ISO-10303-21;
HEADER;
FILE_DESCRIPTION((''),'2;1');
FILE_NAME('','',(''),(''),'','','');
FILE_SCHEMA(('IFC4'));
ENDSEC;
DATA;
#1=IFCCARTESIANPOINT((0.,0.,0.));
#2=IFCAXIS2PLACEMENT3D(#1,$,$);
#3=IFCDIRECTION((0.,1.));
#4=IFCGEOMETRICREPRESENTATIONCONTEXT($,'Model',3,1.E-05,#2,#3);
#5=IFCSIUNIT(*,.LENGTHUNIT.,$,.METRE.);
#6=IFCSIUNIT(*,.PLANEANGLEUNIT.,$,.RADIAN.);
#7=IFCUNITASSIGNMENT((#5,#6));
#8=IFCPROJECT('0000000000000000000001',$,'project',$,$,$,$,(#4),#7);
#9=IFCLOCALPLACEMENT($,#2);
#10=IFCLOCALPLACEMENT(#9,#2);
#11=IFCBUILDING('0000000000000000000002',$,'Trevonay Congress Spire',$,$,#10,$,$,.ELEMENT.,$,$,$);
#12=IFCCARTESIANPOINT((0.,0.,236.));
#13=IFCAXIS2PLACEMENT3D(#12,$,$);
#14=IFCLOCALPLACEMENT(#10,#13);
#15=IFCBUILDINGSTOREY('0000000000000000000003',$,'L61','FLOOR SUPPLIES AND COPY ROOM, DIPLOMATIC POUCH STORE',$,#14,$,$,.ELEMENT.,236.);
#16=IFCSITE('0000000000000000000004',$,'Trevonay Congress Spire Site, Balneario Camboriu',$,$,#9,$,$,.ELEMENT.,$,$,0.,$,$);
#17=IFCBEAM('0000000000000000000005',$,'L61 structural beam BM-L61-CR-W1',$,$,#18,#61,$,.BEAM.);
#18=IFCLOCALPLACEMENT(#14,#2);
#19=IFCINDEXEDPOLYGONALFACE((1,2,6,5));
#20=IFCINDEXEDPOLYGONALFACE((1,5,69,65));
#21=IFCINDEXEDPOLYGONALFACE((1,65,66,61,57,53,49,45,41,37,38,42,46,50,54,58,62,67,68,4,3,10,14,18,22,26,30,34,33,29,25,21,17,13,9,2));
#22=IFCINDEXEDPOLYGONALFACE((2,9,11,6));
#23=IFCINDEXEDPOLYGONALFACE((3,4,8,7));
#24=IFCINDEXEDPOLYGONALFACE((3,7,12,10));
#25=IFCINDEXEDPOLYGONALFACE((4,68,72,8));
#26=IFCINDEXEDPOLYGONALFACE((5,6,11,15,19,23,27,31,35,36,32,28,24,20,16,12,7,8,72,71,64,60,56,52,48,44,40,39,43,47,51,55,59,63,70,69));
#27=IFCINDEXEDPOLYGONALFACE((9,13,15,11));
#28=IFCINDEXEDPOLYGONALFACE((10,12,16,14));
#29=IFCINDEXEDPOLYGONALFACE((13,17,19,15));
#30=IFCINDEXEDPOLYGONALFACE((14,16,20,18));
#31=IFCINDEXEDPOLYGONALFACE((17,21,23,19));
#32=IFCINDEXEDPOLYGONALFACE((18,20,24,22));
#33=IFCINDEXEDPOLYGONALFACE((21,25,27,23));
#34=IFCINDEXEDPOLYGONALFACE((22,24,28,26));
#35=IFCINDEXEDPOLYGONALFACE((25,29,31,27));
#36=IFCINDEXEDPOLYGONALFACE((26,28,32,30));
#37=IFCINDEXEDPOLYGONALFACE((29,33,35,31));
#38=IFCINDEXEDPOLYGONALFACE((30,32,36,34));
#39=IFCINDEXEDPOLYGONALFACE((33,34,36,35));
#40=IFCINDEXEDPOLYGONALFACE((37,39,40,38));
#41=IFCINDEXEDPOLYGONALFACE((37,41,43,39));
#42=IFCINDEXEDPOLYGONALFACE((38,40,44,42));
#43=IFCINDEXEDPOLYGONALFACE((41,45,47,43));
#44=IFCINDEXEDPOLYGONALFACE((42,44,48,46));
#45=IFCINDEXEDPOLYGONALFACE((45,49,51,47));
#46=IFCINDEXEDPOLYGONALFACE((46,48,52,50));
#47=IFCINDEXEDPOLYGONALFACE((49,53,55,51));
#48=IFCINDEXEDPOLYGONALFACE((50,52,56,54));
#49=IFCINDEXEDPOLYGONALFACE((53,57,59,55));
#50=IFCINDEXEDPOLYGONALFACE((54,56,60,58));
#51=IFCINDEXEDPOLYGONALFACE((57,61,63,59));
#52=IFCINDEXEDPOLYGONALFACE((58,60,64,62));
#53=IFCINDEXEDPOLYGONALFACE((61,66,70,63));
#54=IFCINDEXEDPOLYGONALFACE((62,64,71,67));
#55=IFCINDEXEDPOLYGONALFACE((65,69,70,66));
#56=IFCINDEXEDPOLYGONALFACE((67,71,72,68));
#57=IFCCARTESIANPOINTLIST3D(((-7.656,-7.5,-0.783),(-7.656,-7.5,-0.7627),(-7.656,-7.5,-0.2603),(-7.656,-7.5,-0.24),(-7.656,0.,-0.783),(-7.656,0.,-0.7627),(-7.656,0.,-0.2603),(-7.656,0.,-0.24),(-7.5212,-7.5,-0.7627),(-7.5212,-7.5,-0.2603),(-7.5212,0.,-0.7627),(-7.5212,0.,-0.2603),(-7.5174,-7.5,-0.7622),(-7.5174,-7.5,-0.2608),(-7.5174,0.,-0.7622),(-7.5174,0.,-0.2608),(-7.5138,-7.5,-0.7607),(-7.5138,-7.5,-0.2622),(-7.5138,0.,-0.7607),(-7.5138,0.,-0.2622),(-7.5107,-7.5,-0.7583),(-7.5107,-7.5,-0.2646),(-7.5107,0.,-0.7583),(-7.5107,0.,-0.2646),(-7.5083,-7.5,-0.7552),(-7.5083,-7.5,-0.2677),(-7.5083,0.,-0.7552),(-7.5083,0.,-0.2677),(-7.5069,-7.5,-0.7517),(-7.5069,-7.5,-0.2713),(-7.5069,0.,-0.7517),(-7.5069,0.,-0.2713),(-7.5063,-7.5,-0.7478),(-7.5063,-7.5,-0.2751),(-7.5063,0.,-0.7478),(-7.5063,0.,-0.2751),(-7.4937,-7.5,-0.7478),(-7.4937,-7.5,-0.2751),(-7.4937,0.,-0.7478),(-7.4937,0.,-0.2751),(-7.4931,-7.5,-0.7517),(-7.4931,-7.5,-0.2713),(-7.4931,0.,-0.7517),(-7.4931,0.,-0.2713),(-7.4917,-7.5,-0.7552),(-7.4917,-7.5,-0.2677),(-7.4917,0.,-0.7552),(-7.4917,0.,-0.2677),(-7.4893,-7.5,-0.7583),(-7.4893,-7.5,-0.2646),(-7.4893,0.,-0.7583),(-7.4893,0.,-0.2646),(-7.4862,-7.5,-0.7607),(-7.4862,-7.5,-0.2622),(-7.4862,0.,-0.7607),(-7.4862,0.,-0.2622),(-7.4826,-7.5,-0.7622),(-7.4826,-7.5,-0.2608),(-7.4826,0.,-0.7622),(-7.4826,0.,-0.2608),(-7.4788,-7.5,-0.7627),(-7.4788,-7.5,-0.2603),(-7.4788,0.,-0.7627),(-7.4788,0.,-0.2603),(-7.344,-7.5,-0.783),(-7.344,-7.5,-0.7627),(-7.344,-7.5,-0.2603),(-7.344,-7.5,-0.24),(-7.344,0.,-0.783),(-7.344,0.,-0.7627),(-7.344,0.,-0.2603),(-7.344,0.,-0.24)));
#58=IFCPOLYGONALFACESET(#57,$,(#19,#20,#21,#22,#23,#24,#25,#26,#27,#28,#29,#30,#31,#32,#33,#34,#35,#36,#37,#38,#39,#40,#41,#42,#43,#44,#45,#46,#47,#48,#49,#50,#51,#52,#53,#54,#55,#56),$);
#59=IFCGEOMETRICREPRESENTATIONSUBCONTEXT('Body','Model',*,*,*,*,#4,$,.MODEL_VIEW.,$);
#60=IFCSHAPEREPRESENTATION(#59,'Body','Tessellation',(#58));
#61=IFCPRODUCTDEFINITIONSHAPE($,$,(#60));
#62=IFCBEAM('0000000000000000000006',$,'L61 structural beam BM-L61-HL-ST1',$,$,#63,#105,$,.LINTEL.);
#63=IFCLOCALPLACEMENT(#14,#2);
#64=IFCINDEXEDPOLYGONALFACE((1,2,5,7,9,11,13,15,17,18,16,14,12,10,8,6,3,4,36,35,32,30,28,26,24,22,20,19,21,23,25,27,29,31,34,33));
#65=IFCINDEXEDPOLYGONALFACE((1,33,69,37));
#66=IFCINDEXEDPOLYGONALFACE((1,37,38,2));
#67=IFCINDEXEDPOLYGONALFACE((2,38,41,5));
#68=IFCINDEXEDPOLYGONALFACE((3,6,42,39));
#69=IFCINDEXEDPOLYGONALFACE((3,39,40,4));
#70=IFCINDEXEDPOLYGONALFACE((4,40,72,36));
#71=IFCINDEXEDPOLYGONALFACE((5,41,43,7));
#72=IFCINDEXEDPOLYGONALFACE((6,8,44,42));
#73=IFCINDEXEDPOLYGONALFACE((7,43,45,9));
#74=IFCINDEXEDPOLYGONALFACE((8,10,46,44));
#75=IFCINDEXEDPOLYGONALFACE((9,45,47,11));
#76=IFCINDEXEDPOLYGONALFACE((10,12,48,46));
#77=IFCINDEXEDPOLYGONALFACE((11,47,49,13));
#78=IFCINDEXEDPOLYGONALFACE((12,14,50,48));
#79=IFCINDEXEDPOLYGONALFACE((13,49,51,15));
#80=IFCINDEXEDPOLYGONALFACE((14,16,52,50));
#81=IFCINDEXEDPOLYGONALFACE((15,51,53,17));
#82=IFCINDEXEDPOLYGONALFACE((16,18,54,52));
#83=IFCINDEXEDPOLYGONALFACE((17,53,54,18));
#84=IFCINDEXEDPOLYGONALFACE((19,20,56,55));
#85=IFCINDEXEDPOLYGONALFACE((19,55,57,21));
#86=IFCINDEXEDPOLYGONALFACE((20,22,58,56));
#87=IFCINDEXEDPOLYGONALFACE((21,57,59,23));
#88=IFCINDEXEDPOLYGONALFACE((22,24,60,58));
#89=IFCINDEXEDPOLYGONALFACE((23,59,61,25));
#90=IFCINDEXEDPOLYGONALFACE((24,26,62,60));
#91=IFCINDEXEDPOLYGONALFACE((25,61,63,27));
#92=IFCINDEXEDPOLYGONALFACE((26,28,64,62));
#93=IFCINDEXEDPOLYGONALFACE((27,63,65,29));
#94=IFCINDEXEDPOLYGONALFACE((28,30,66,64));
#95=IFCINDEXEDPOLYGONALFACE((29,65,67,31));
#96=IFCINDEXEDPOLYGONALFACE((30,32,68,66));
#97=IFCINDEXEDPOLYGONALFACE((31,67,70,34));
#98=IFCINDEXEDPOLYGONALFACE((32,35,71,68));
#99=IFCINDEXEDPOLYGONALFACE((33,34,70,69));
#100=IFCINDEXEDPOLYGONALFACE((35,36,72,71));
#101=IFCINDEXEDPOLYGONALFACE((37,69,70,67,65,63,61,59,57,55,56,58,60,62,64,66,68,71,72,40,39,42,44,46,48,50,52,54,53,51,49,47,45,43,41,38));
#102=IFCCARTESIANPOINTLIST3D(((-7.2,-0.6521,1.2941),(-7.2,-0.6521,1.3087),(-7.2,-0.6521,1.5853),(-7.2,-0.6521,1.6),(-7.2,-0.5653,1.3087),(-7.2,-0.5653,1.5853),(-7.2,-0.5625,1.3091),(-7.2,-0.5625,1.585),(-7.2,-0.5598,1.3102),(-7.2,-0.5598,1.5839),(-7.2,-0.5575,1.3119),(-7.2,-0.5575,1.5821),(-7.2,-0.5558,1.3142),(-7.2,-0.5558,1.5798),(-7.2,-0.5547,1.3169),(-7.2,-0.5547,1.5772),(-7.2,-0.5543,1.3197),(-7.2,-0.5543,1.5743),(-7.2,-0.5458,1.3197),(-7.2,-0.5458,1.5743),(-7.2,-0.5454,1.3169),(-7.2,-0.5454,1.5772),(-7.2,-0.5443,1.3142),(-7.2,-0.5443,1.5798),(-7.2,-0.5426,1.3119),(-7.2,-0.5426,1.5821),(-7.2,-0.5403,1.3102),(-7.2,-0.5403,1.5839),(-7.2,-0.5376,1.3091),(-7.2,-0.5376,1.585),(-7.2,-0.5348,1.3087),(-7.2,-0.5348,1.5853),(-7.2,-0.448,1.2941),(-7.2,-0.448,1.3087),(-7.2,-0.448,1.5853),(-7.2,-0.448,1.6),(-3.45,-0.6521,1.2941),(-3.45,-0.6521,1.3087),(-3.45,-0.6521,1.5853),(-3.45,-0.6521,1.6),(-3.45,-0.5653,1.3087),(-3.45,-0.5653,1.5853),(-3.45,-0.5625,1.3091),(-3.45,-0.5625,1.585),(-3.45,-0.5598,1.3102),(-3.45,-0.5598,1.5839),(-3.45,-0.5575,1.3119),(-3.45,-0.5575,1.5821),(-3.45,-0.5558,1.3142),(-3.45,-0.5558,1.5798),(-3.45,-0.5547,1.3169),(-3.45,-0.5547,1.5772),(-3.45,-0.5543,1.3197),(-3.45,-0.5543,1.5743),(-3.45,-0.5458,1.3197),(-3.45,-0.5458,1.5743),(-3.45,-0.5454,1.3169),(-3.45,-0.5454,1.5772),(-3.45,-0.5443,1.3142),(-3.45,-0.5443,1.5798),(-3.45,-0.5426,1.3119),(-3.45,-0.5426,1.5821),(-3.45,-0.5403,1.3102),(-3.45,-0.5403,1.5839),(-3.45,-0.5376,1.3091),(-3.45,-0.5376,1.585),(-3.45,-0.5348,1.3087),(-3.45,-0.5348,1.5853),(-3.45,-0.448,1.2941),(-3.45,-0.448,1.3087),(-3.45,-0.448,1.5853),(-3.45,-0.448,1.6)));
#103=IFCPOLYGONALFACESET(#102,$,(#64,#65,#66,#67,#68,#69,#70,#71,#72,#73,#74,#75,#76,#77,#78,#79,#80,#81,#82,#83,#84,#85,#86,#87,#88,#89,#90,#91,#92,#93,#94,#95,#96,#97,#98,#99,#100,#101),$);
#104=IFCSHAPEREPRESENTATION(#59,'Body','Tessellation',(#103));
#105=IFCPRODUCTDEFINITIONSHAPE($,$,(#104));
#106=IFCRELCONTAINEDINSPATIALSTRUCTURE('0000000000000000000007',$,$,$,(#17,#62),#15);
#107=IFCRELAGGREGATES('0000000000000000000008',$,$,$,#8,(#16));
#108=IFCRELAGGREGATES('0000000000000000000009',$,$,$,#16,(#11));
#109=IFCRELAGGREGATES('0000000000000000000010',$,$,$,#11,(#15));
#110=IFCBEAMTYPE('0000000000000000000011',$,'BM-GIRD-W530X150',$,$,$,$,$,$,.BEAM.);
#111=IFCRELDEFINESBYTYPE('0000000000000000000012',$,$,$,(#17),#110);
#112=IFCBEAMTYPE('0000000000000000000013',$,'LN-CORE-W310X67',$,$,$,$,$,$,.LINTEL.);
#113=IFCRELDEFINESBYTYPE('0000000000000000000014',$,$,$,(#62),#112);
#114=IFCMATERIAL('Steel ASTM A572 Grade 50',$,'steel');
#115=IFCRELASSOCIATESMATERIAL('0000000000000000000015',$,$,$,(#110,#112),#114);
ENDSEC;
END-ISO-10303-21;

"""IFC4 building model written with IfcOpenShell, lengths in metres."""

from ifc_helpers import new_model, si_unit, direction, frame, origin, origin_2d, place, context, subcontext, project, spatial, i_section, extrude, material, material_profile, profile_set, type_object, element, save


model = new_model("IFC4")

# Units and contexts
model_context = context("Model", 3, precision=1e-05, world=origin(), true_north=direction((0.0, 1.0)))
body_context = subcontext(model_context, "Body", "Model", "MODEL_VIEW")
ifc_project = project(units=[si_unit("LENGTHUNIT", "METRE"), si_unit("PLANEANGLEUNIT", "RADIAN")], contexts=[model_context])

# Site, building, storey
site_placement = place(None, origin())
site = spatial("IfcSite", under=ifc_project, at=site_placement, Name="Trevonay Congress Spire Site, Balneario Camboriu", CompositionType="ELEMENT", RefElevation=0.0)
building_placement = place(site_placement, origin())
building = spatial("IfcBuilding", under=site, at=building_placement, Name="Trevonay Congress Spire", CompositionType="ELEMENT")
storey_placement = place(building_placement, frame((0.0, 0.0, 236.0)))
storey = spatial("IfcBuildingStorey", under=building, at=storey_placement, Name="L61", Description="FLOOR SUPPLIES AND COPY ROOM, DIPLOMATIC POUCH STORE", CompositionType="ELEMENT", Elevation=236.0)

# Shared definitions
ifc_material_1 = material(Name="Steel ASTM A572 Grade 50", Category="steel")

# Beams
ifc_material_profile_1 = material_profile(ifc_material_1, i_section(OverallWidth=0.312, OverallDepth=0.543, WebThickness=0.0127, FlangeThickness=0.0203, FilletRadius=0.0149, at=origin_2d()), Name="W530x150")
ifc_profile_set_1 = profile_set([ifc_material_profile_1], Name="Steel ASTM A572 Grade 50")
beam_type_1 = type_object("IfcBeamType", Name="BM-GIRD-W530X150", PredefinedType="BEAM", material=ifc_profile_set_1)
beam_1_placement = place(storey_placement, frame((-7.5, -7.5, -0.5115), z_axis=(0.0, 1.0, 0.0), x_axis=(-1.0, 0.0, 0.0)))
element("IfcBeam", 1, at=beam_1_placement, inside=storey, type_object=beam_type_1, Name="L61 structural beam BM-L61-CR-W1", PredefinedType="BEAM", context=body_context, shape_type="SweptSolid", body=[
    extrude(i_section(OverallWidth=0.312, OverallDepth=0.543, WebThickness=0.0127, FlangeThickness=0.0203, FilletRadius=0.0149, at=origin_2d()), origin(), (0.0, 0.0, 1.0), 7.5),
])
ifc_material_profile_2 = material_profile(ifc_material_1, i_section(OverallWidth=0.2041, OverallDepth=0.3059, WebThickness=0.0085, FlangeThickness=0.0146, FilletRadius=0.011, at=origin_2d()), Name="W310x67")
ifc_profile_set_2 = profile_set([ifc_material_profile_2], Name="Steel ASTM A572 Grade 50")
beam_type_2 = type_object("IfcBeamType", Name="LN-CORE-W310X67", PredefinedType="LINTEL", material=ifc_profile_set_2)
beam_2_placement = place(storey_placement, frame((-7.2, -0.55, 1.447), z_axis=(1.0, 0.0, 0.0), x_axis=(0.0, 1.0, 0.0)))
element("IfcBeam", 2, at=beam_2_placement, inside=storey, type_object=beam_type_2, Name="L61 structural beam BM-L61-HL-ST1", PredefinedType="LINTEL", context=body_context, shape_type="SweptSolid", body=[
    extrude(i_section(OverallWidth=0.2041, OverallDepth=0.3059, WebThickness=0.0085, FlangeThickness=0.0146, FilletRadius=0.011, at=origin_2d()), origin(), (0.0, 0.0, 1.0), 3.75),
])

save(model, "model.ifc")
